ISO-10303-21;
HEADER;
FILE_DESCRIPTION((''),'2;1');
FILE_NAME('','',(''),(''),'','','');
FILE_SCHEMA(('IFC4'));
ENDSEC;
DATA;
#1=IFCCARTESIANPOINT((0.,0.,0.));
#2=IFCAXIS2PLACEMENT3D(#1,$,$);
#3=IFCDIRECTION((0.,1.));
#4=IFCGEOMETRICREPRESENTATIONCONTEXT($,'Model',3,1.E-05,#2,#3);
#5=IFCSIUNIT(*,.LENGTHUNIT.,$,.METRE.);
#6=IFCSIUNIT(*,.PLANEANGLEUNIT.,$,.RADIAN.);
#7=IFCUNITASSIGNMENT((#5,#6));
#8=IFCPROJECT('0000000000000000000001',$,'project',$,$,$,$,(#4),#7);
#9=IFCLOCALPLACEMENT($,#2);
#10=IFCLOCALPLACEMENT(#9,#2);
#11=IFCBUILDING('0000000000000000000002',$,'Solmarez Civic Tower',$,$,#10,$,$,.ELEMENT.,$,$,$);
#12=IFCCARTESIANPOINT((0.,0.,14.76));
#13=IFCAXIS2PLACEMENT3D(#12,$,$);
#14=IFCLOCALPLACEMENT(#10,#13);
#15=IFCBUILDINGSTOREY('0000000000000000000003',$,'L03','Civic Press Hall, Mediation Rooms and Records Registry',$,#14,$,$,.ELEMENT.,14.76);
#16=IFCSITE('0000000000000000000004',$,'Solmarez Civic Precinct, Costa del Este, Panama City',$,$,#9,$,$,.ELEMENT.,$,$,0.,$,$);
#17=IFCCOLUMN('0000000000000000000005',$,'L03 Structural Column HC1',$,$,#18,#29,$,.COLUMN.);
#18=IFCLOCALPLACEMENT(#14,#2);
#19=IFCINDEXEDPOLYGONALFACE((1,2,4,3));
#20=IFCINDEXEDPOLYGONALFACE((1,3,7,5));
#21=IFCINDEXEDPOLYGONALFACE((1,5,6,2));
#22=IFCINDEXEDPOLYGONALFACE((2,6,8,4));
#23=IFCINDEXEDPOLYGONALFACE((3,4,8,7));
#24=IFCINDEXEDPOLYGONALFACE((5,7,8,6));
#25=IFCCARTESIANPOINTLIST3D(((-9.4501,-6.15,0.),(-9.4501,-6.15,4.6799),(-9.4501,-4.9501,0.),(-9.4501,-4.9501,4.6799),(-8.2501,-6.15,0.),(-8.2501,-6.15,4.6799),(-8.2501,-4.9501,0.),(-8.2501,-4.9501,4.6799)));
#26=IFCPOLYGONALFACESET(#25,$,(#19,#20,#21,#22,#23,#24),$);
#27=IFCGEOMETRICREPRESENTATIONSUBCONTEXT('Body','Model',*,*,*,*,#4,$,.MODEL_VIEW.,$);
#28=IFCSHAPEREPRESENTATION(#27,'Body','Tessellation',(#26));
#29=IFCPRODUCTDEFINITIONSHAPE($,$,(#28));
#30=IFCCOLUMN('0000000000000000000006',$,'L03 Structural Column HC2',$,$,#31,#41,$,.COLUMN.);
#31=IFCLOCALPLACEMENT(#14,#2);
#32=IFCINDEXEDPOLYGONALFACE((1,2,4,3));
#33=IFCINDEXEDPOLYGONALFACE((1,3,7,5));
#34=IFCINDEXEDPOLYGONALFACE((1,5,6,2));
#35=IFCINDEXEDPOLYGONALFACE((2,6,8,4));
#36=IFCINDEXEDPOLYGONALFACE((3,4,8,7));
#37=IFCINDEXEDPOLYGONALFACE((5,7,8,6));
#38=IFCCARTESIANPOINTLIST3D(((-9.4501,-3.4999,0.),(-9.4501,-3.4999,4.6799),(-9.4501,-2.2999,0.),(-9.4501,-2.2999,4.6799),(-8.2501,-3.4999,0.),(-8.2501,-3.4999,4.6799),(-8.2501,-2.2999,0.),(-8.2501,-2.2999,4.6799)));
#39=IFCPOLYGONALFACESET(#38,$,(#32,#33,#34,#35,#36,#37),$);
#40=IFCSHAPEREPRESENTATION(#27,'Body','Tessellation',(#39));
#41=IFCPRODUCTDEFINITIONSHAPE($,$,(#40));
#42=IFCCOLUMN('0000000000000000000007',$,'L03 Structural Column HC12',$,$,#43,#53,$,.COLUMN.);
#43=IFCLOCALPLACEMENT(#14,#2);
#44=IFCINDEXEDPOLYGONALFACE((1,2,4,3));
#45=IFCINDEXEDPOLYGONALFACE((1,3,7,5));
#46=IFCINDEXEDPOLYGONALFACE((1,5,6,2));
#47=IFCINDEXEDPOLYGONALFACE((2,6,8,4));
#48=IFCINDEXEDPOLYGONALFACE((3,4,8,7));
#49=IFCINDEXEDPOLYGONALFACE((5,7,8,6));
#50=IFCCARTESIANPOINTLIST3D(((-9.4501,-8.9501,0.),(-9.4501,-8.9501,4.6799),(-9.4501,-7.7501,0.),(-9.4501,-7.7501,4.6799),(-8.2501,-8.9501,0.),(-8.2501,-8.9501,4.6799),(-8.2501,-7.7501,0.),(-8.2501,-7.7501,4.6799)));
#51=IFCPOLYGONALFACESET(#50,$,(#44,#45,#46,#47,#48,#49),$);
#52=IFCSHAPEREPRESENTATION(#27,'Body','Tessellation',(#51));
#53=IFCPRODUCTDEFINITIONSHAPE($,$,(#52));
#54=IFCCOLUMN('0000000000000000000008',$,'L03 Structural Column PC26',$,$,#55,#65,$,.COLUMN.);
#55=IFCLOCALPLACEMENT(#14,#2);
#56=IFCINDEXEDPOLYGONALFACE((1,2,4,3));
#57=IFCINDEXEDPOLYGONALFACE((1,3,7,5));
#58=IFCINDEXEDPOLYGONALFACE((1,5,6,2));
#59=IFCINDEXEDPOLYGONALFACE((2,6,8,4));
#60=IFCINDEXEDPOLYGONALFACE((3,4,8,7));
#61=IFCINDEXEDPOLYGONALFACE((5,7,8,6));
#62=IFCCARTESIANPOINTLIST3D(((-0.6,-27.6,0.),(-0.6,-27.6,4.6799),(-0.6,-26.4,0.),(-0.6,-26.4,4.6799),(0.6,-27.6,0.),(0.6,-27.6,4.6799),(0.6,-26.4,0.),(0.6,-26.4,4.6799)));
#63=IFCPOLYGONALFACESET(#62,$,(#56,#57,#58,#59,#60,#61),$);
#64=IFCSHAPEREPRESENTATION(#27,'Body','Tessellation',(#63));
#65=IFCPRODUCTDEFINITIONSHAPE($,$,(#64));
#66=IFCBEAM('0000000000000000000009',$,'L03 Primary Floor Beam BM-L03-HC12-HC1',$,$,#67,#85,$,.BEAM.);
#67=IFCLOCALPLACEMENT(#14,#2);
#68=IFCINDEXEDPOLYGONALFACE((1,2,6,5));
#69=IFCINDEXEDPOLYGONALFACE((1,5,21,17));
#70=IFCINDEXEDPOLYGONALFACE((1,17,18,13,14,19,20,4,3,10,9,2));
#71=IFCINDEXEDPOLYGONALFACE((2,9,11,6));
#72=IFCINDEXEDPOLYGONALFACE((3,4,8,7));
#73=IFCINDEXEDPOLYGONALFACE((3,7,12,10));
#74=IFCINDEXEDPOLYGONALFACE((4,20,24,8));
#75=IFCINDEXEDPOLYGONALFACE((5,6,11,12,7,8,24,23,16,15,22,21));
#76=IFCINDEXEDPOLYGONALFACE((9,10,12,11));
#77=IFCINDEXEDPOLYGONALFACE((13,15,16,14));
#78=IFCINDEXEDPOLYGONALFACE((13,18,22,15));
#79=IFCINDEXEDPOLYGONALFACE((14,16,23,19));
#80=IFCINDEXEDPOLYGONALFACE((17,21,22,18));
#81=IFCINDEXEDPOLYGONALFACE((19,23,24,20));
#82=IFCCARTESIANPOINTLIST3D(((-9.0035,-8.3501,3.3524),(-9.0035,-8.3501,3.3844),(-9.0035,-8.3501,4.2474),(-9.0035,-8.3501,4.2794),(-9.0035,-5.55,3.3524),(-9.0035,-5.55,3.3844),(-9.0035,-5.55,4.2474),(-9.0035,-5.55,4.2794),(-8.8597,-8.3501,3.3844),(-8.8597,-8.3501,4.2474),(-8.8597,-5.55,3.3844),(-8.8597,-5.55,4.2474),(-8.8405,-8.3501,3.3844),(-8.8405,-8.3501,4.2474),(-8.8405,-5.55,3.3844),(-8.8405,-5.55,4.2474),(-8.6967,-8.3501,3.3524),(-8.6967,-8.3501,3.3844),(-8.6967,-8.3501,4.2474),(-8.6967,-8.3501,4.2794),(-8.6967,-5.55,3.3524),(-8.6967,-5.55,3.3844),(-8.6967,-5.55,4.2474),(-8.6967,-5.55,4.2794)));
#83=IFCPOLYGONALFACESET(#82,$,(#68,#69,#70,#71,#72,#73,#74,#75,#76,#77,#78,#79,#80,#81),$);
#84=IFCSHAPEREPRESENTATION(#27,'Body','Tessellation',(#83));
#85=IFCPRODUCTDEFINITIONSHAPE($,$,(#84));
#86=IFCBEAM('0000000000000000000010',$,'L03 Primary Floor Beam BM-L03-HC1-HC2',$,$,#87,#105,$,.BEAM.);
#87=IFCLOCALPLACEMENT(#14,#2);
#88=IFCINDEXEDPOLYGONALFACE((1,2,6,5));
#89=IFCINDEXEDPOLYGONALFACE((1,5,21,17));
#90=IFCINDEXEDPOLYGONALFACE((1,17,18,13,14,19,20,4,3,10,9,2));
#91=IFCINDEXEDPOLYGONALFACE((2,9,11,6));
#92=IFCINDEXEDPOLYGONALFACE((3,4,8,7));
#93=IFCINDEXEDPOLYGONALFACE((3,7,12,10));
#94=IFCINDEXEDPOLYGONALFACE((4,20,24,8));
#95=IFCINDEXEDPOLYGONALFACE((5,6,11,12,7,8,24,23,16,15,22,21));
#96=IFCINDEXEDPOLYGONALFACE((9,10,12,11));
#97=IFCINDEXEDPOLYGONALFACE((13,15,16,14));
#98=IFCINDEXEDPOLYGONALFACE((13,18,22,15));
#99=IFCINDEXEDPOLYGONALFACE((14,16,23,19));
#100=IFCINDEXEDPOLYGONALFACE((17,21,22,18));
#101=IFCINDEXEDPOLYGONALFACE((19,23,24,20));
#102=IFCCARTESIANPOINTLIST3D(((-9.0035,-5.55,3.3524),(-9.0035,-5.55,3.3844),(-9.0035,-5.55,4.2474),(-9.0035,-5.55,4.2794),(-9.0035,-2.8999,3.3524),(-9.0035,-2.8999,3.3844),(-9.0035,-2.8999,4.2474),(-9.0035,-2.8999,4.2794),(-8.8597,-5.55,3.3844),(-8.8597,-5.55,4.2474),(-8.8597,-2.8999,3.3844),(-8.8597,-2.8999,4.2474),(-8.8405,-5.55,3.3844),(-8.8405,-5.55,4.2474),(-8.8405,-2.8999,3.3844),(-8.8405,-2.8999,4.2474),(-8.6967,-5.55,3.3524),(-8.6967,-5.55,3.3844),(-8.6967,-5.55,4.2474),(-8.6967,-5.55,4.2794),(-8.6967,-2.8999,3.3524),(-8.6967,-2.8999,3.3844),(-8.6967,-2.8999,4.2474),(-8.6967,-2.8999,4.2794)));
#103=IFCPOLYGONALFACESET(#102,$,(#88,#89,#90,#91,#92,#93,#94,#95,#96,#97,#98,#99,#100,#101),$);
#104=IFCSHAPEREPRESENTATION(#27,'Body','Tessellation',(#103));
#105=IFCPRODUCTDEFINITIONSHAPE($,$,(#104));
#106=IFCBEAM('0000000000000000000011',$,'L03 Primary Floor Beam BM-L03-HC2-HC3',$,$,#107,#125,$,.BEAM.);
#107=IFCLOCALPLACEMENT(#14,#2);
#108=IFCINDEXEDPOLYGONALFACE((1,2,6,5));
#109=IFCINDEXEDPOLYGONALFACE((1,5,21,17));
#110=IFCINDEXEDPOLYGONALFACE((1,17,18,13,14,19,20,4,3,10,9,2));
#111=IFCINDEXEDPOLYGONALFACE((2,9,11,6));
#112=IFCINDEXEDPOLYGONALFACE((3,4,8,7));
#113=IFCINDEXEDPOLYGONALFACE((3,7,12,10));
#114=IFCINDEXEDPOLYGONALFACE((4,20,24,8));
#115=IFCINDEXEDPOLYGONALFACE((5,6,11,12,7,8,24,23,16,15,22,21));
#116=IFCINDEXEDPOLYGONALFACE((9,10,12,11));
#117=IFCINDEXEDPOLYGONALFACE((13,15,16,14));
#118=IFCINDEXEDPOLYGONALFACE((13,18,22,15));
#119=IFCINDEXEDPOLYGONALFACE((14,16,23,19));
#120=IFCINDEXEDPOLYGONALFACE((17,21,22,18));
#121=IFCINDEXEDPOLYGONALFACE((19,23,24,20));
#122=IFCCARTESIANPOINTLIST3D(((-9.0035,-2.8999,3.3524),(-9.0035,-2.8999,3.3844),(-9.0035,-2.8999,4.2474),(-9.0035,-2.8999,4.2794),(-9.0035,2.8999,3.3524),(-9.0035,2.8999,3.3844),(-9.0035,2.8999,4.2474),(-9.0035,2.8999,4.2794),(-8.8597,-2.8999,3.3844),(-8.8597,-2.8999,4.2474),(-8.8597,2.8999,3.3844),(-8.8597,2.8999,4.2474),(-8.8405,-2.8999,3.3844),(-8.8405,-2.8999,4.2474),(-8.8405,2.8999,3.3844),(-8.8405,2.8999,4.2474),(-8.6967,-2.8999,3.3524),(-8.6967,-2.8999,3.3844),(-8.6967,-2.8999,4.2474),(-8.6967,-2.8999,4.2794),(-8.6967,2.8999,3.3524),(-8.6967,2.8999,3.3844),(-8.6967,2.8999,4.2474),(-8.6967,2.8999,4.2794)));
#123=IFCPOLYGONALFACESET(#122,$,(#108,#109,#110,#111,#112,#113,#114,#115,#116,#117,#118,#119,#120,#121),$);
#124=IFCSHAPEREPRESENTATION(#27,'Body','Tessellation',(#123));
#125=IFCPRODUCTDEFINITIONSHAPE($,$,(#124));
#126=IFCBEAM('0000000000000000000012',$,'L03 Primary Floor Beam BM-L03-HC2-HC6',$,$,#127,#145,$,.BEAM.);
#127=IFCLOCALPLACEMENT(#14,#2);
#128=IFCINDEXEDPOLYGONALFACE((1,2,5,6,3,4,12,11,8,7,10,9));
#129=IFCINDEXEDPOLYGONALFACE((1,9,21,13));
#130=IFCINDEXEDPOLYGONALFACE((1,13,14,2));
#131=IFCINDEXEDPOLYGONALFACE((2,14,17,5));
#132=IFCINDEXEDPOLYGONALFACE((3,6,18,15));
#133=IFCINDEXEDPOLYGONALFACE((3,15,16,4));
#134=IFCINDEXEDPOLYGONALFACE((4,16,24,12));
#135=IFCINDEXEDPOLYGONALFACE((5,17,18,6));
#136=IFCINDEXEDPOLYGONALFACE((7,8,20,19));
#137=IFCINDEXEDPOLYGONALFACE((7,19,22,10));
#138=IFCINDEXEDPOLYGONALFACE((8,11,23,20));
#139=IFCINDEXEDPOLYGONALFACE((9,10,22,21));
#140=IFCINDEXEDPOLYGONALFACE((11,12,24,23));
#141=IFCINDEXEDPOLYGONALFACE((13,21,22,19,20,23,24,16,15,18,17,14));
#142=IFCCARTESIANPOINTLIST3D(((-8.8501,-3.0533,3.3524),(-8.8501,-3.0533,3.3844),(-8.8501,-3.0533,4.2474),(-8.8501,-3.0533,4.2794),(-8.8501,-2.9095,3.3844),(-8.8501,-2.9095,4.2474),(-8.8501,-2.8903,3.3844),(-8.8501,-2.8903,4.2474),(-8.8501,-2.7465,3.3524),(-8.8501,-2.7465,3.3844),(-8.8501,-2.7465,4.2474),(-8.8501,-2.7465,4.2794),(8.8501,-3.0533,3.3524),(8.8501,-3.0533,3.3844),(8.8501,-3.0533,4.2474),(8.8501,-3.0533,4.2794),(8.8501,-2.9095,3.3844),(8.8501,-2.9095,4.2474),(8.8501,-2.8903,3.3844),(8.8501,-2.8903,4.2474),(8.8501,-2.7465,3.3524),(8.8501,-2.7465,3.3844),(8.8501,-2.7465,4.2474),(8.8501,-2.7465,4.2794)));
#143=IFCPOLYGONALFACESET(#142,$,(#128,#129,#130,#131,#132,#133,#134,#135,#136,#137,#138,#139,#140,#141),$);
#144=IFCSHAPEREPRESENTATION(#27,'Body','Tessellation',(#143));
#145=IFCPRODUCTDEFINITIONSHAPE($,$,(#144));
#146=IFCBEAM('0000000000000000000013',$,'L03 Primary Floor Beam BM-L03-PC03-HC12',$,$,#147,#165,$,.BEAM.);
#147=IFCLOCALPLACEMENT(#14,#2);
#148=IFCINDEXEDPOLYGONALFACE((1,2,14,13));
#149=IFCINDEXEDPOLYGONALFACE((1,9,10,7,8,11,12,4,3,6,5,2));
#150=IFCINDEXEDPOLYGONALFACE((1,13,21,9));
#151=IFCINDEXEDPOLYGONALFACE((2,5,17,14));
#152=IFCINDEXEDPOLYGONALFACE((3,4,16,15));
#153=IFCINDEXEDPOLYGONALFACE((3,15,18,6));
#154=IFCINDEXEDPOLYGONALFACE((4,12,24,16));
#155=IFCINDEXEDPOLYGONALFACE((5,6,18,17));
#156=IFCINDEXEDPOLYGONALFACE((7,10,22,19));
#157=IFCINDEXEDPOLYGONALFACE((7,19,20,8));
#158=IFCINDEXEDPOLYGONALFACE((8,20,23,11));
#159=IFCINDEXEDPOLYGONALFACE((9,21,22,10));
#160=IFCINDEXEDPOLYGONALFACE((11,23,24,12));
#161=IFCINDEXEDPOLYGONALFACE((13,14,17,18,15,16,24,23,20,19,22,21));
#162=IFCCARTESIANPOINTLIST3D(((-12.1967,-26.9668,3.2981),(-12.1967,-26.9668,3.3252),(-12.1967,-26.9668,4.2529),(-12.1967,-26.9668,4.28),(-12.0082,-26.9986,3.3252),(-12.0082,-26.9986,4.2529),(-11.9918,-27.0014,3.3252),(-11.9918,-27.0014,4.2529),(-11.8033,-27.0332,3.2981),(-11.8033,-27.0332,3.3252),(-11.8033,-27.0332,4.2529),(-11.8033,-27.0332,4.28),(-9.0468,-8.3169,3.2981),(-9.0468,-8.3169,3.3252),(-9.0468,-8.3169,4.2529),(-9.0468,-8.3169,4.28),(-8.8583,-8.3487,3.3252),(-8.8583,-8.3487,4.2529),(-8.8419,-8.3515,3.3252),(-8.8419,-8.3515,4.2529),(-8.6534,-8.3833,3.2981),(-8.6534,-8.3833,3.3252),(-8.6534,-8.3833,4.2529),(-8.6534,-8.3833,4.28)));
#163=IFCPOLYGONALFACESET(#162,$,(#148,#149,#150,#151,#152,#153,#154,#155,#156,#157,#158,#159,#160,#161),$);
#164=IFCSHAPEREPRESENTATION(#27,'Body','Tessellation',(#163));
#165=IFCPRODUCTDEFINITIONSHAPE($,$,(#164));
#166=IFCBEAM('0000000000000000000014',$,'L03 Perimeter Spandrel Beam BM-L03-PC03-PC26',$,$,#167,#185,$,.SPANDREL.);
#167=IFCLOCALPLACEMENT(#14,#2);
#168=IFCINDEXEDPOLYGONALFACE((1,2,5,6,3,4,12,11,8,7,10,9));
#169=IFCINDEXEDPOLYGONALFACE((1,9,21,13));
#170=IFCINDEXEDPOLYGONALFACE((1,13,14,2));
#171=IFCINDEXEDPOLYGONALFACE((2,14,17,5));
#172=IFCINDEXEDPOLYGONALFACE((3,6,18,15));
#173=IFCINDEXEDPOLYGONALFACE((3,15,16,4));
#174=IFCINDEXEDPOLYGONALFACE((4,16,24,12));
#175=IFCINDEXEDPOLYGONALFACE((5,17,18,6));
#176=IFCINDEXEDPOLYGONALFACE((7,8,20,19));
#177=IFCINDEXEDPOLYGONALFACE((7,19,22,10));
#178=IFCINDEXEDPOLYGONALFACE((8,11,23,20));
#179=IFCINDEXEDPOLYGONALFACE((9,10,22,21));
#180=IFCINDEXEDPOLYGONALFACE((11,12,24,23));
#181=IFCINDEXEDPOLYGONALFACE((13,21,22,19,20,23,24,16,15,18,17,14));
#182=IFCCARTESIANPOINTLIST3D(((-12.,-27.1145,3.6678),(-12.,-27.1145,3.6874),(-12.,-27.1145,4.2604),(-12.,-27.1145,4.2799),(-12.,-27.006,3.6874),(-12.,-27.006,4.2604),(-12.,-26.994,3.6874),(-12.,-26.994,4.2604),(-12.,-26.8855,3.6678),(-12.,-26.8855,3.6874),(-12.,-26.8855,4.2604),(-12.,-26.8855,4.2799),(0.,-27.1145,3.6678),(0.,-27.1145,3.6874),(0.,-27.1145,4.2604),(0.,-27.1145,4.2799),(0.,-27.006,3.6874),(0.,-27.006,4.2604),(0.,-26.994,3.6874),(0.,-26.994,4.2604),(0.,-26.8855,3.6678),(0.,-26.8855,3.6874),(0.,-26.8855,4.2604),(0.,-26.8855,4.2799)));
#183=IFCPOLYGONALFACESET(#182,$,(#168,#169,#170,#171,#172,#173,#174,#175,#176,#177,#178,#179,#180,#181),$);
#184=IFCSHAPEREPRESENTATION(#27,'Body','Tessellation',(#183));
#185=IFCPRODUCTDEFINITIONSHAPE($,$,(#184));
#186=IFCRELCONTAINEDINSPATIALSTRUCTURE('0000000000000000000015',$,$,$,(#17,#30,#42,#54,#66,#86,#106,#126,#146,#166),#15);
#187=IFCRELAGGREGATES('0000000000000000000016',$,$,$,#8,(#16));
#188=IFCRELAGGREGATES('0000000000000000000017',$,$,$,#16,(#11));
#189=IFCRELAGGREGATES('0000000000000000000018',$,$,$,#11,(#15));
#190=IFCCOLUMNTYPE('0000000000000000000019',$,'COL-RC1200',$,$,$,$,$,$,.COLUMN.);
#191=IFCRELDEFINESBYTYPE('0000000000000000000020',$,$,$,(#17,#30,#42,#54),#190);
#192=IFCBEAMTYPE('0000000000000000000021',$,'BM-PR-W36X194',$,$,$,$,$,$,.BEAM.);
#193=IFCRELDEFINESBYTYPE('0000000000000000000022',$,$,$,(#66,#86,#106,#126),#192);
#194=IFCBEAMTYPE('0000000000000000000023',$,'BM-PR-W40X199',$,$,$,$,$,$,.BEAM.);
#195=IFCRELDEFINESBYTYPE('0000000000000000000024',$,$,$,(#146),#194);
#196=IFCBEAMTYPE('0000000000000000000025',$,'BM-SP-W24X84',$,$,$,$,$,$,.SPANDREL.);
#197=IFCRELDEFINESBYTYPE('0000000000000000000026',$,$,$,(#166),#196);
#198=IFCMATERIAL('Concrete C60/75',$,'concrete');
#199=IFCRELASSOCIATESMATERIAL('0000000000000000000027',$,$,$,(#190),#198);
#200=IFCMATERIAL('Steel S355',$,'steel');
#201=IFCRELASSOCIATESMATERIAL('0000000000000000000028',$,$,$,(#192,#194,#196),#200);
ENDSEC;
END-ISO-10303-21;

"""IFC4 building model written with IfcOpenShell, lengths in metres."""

from ifc_helpers import new_model, si_unit, direction, frame, origin, origin_2d, place, context, subcontext, project, spatial, rectangle, i_section, extrude, material, material_profile, profile_set, type_object, element, save


model = new_model("IFC4")

# Units and contexts
model_context = context("Model", 3, precision=1e-05, world=origin(), true_north=direction((0.0, 1.0)))
body_context = subcontext(model_context, "Body", "Model", "MODEL_VIEW")
ifc_project = project(units=[si_unit("LENGTHUNIT", "METRE"), si_unit("PLANEANGLEUNIT", "RADIAN")], contexts=[model_context])

# Site, building, storey
site_placement = place(None, origin())
site = spatial("IfcSite", under=ifc_project, at=site_placement, Name="Solmarez Civic Precinct, Costa del Este, Panama City", CompositionType="ELEMENT", RefElevation=0.0)
building_placement = place(site_placement, origin())
building = spatial("IfcBuilding", under=site, at=building_placement, Name="Solmarez Civic Tower", CompositionType="ELEMENT")
storey_placement = place(building_placement, frame((0.0, 0.0, 14.76)))
storey = spatial("IfcBuildingStorey", under=building, at=storey_placement, Name="L03", Description="Civic Press Hall, Mediation Rooms and Records Registry", CompositionType="ELEMENT", Elevation=14.76)

# Columns
ifc_material_1 = material(Name="Concrete C60/75", Category="concrete")
ifc_material_profile_1 = material_profile(ifc_material_1, rectangle(XDim=1.2, YDim=1.2, at=origin_2d()), Name="RC1200X1200")
ifc_profile_set_1 = profile_set([ifc_material_profile_1], Name="Concrete C60/75")
column_type = type_object("IfcColumnType", Name="COL-RC1200", PredefinedType="COLUMN", material=ifc_profile_set_1)
for number, where, z_axis, x_axis, name in (
    (1, (-8.8501, -5.55, 0.0), (0.0, 0.0, 1.0), (1.0, 0.0, 0.0), "L03 Structural Column HC1"),
    (2, (-8.8501, -2.8999, 0.0), (0.0, 0.0, 1.0), (1.0, 0.0, 0.0), "L03 Structural Column HC2"),
    (3, (-8.8501, -8.3501, 0.0), (0.0, 0.0, 1.0), (1.0, 0.0, 0.0), "L03 Structural Column HC12"),
    (4, (0.0, -27.0, 0.0), (0.0, 0.0, 1.0), (1.0, 0.0, 0.0), "L03 Structural Column PC26"),
):
    element("IfcColumn", number, at=place(storey_placement, frame(where, z_axis=z_axis, x_axis=x_axis)), inside=storey, type_object=column_type, Name=name, PredefinedType="COLUMN", context=body_context, shape_type="SweptSolid", body=[
        extrude(rectangle(XDim=1.2, YDim=1.2, at=origin_2d()), origin(), (0.0, 0.0, 1.0), 4.6799),
    ])

# Beams
ifc_material_2 = material(Name="Steel S355", Category="steel")
ifc_material_profile_2 = material_profile(ifc_material_2, i_section(OverallWidth=0.3069, OverallDepth=0.927, WebThickness=0.0193, FlangeThickness=0.032, at=origin_2d()), Name="W36X194")
ifc_profile_set_2 = profile_set([ifc_material_profile_2], Name="Steel S355")
beam_type_1 = type_object("IfcBeamType", Name="BM-PR-W36X194", PredefinedType="BEAM", material=ifc_profile_set_2)
beam_1_placement = place(storey_placement, frame((-8.8501, -8.3501, 3.8159), z_axis=(0.0, 1.0, 0.0), x_axis=(-1.0, 0.0, 0.0)))
element("IfcBeam", 5, at=beam_1_placement, inside=storey, type_object=beam_type_1, Name="L03 Primary Floor Beam BM-L03-HC12-HC1", PredefinedType="BEAM", context=body_context, shape_type="SweptSolid", body=[
    extrude(i_section(OverallWidth=0.3069, OverallDepth=0.927, WebThickness=0.0193, FlangeThickness=0.032, at=origin_2d()), origin(), (0.0, 0.0, 1.0), 2.8),
])
beam_2_placement = place(storey_placement, frame((-8.8501, -5.55, 3.8159), z_axis=(0.0, 1.0, 0.0), x_axis=(-1.0, 0.0, 0.0)))
element("IfcBeam", 6, at=beam_2_placement, inside=storey, type_object=beam_type_1, Name="L03 Primary Floor Beam BM-L03-HC1-HC2", PredefinedType="BEAM", context=body_context, shape_type="SweptSolid", body=[
    extrude(i_section(OverallWidth=0.3069, OverallDepth=0.927, WebThickness=0.0193, FlangeThickness=0.032, at=origin_2d()), origin(), (0.0, 0.0, 1.0), 2.6501),
])
beam_3_placement = place(storey_placement, frame((-8.8501, -2.8999, 3.8159), z_axis=(0.0, 1.0, 0.0), x_axis=(-1.0, 0.0, 0.0)))
element("IfcBeam", 7, at=beam_3_placement, inside=storey, type_object=beam_type_1, Name="L03 Primary Floor Beam BM-L03-HC2-HC3", PredefinedType="BEAM", context=body_context, shape_type="SweptSolid", body=[
    extrude(i_section(OverallWidth=0.3069, OverallDepth=0.927, WebThickness=0.0193, FlangeThickness=0.032, at=origin_2d()), origin(), (0.0, 0.0, 1.0), 5.7998),
])
beam_4_placement = place(storey_placement, frame((-8.8501, -2.8999, 3.8159), z_axis=(1.0, 0.0, 0.0), x_axis=(0.0, 1.0, 0.0)))
element("IfcBeam", 8, at=beam_4_placement, inside=storey, type_object=beam_type_1, Name="L03 Primary Floor Beam BM-L03-HC2-HC6", PredefinedType="BEAM", context=body_context, shape_type="SweptSolid", body=[
    extrude(i_section(OverallWidth=0.3069, OverallDepth=0.927, WebThickness=0.0193, FlangeThickness=0.032, at=origin_2d()), origin(), (0.0, 0.0, 1.0), 17.7002),
])
ifc_material_profile_3 = material_profile(ifc_material_2, i_section(OverallWidth=0.3989, OverallDepth=0.9819, WebThickness=0.0166, FlangeThickness=0.0271, at=origin_2d()), Name="W40X199")
ifc_profile_set_3 = profile_set([ifc_material_profile_3], Name="Steel S355")
beam_type_2 = type_object("IfcBeamType", Name="BM-PR-W40X199", PredefinedType="BEAM", material=ifc_profile_set_3)
beam_5_placement = place(storey_placement, frame((-12.0, -27.0, 3.7891), z_axis=(0.166538, 0.986035, 0.0), x_axis=(-0.986035, 0.166538, 0.0)))
element("IfcBeam", 9, at=beam_5_placement, inside=storey, type_object=beam_type_2, Name="L03 Primary Floor Beam BM-L03-PC03-HC12", PredefinedType="BEAM", context=body_context, shape_type="SweptSolid", body=[
    extrude(i_section(OverallWidth=0.3989, OverallDepth=0.9819, WebThickness=0.0166, FlangeThickness=0.0271, at=origin_2d()), origin(), (0.0, 0.0, 1.0), 18.9141),
])
ifc_material_profile_4 = material_profile(ifc_material_2, i_section(OverallWidth=0.229, OverallDepth=0.6121, WebThickness=0.012, FlangeThickness=0.0195, at=origin_2d()), Name="W24X84")
ifc_profile_set_4 = profile_set([ifc_material_profile_4], Name="Steel S355")
beam_type_3 = type_object("IfcBeamType", Name="BM-SP-W24X84", PredefinedType="SPANDREL", material=ifc_profile_set_4)
for number, where, z_axis, x_axis, name in (
    (10, (-12.0, -27.0, 3.9739), (1.0, 0.0, 0.0), (0.0, 1.0, 0.0), "L03 Perimeter Spandrel Beam BM-L03-PC03-PC26"),
):
    element("IfcBeam", number, at=place(storey_placement, frame(where, z_axis=z_axis, x_axis=x_axis)), inside=storey, type_object=beam_type_3, Name=name, PredefinedType="SPANDREL", context=body_context, shape_type="SweptSolid", body=[
        extrude(i_section(OverallWidth=0.229, OverallDepth=0.6121, WebThickness=0.012, FlangeThickness=0.0195, at=origin_2d()), origin(), (0.0, 0.0, 1.0), 12.0),
    ])

save(model, "model.ifc")
